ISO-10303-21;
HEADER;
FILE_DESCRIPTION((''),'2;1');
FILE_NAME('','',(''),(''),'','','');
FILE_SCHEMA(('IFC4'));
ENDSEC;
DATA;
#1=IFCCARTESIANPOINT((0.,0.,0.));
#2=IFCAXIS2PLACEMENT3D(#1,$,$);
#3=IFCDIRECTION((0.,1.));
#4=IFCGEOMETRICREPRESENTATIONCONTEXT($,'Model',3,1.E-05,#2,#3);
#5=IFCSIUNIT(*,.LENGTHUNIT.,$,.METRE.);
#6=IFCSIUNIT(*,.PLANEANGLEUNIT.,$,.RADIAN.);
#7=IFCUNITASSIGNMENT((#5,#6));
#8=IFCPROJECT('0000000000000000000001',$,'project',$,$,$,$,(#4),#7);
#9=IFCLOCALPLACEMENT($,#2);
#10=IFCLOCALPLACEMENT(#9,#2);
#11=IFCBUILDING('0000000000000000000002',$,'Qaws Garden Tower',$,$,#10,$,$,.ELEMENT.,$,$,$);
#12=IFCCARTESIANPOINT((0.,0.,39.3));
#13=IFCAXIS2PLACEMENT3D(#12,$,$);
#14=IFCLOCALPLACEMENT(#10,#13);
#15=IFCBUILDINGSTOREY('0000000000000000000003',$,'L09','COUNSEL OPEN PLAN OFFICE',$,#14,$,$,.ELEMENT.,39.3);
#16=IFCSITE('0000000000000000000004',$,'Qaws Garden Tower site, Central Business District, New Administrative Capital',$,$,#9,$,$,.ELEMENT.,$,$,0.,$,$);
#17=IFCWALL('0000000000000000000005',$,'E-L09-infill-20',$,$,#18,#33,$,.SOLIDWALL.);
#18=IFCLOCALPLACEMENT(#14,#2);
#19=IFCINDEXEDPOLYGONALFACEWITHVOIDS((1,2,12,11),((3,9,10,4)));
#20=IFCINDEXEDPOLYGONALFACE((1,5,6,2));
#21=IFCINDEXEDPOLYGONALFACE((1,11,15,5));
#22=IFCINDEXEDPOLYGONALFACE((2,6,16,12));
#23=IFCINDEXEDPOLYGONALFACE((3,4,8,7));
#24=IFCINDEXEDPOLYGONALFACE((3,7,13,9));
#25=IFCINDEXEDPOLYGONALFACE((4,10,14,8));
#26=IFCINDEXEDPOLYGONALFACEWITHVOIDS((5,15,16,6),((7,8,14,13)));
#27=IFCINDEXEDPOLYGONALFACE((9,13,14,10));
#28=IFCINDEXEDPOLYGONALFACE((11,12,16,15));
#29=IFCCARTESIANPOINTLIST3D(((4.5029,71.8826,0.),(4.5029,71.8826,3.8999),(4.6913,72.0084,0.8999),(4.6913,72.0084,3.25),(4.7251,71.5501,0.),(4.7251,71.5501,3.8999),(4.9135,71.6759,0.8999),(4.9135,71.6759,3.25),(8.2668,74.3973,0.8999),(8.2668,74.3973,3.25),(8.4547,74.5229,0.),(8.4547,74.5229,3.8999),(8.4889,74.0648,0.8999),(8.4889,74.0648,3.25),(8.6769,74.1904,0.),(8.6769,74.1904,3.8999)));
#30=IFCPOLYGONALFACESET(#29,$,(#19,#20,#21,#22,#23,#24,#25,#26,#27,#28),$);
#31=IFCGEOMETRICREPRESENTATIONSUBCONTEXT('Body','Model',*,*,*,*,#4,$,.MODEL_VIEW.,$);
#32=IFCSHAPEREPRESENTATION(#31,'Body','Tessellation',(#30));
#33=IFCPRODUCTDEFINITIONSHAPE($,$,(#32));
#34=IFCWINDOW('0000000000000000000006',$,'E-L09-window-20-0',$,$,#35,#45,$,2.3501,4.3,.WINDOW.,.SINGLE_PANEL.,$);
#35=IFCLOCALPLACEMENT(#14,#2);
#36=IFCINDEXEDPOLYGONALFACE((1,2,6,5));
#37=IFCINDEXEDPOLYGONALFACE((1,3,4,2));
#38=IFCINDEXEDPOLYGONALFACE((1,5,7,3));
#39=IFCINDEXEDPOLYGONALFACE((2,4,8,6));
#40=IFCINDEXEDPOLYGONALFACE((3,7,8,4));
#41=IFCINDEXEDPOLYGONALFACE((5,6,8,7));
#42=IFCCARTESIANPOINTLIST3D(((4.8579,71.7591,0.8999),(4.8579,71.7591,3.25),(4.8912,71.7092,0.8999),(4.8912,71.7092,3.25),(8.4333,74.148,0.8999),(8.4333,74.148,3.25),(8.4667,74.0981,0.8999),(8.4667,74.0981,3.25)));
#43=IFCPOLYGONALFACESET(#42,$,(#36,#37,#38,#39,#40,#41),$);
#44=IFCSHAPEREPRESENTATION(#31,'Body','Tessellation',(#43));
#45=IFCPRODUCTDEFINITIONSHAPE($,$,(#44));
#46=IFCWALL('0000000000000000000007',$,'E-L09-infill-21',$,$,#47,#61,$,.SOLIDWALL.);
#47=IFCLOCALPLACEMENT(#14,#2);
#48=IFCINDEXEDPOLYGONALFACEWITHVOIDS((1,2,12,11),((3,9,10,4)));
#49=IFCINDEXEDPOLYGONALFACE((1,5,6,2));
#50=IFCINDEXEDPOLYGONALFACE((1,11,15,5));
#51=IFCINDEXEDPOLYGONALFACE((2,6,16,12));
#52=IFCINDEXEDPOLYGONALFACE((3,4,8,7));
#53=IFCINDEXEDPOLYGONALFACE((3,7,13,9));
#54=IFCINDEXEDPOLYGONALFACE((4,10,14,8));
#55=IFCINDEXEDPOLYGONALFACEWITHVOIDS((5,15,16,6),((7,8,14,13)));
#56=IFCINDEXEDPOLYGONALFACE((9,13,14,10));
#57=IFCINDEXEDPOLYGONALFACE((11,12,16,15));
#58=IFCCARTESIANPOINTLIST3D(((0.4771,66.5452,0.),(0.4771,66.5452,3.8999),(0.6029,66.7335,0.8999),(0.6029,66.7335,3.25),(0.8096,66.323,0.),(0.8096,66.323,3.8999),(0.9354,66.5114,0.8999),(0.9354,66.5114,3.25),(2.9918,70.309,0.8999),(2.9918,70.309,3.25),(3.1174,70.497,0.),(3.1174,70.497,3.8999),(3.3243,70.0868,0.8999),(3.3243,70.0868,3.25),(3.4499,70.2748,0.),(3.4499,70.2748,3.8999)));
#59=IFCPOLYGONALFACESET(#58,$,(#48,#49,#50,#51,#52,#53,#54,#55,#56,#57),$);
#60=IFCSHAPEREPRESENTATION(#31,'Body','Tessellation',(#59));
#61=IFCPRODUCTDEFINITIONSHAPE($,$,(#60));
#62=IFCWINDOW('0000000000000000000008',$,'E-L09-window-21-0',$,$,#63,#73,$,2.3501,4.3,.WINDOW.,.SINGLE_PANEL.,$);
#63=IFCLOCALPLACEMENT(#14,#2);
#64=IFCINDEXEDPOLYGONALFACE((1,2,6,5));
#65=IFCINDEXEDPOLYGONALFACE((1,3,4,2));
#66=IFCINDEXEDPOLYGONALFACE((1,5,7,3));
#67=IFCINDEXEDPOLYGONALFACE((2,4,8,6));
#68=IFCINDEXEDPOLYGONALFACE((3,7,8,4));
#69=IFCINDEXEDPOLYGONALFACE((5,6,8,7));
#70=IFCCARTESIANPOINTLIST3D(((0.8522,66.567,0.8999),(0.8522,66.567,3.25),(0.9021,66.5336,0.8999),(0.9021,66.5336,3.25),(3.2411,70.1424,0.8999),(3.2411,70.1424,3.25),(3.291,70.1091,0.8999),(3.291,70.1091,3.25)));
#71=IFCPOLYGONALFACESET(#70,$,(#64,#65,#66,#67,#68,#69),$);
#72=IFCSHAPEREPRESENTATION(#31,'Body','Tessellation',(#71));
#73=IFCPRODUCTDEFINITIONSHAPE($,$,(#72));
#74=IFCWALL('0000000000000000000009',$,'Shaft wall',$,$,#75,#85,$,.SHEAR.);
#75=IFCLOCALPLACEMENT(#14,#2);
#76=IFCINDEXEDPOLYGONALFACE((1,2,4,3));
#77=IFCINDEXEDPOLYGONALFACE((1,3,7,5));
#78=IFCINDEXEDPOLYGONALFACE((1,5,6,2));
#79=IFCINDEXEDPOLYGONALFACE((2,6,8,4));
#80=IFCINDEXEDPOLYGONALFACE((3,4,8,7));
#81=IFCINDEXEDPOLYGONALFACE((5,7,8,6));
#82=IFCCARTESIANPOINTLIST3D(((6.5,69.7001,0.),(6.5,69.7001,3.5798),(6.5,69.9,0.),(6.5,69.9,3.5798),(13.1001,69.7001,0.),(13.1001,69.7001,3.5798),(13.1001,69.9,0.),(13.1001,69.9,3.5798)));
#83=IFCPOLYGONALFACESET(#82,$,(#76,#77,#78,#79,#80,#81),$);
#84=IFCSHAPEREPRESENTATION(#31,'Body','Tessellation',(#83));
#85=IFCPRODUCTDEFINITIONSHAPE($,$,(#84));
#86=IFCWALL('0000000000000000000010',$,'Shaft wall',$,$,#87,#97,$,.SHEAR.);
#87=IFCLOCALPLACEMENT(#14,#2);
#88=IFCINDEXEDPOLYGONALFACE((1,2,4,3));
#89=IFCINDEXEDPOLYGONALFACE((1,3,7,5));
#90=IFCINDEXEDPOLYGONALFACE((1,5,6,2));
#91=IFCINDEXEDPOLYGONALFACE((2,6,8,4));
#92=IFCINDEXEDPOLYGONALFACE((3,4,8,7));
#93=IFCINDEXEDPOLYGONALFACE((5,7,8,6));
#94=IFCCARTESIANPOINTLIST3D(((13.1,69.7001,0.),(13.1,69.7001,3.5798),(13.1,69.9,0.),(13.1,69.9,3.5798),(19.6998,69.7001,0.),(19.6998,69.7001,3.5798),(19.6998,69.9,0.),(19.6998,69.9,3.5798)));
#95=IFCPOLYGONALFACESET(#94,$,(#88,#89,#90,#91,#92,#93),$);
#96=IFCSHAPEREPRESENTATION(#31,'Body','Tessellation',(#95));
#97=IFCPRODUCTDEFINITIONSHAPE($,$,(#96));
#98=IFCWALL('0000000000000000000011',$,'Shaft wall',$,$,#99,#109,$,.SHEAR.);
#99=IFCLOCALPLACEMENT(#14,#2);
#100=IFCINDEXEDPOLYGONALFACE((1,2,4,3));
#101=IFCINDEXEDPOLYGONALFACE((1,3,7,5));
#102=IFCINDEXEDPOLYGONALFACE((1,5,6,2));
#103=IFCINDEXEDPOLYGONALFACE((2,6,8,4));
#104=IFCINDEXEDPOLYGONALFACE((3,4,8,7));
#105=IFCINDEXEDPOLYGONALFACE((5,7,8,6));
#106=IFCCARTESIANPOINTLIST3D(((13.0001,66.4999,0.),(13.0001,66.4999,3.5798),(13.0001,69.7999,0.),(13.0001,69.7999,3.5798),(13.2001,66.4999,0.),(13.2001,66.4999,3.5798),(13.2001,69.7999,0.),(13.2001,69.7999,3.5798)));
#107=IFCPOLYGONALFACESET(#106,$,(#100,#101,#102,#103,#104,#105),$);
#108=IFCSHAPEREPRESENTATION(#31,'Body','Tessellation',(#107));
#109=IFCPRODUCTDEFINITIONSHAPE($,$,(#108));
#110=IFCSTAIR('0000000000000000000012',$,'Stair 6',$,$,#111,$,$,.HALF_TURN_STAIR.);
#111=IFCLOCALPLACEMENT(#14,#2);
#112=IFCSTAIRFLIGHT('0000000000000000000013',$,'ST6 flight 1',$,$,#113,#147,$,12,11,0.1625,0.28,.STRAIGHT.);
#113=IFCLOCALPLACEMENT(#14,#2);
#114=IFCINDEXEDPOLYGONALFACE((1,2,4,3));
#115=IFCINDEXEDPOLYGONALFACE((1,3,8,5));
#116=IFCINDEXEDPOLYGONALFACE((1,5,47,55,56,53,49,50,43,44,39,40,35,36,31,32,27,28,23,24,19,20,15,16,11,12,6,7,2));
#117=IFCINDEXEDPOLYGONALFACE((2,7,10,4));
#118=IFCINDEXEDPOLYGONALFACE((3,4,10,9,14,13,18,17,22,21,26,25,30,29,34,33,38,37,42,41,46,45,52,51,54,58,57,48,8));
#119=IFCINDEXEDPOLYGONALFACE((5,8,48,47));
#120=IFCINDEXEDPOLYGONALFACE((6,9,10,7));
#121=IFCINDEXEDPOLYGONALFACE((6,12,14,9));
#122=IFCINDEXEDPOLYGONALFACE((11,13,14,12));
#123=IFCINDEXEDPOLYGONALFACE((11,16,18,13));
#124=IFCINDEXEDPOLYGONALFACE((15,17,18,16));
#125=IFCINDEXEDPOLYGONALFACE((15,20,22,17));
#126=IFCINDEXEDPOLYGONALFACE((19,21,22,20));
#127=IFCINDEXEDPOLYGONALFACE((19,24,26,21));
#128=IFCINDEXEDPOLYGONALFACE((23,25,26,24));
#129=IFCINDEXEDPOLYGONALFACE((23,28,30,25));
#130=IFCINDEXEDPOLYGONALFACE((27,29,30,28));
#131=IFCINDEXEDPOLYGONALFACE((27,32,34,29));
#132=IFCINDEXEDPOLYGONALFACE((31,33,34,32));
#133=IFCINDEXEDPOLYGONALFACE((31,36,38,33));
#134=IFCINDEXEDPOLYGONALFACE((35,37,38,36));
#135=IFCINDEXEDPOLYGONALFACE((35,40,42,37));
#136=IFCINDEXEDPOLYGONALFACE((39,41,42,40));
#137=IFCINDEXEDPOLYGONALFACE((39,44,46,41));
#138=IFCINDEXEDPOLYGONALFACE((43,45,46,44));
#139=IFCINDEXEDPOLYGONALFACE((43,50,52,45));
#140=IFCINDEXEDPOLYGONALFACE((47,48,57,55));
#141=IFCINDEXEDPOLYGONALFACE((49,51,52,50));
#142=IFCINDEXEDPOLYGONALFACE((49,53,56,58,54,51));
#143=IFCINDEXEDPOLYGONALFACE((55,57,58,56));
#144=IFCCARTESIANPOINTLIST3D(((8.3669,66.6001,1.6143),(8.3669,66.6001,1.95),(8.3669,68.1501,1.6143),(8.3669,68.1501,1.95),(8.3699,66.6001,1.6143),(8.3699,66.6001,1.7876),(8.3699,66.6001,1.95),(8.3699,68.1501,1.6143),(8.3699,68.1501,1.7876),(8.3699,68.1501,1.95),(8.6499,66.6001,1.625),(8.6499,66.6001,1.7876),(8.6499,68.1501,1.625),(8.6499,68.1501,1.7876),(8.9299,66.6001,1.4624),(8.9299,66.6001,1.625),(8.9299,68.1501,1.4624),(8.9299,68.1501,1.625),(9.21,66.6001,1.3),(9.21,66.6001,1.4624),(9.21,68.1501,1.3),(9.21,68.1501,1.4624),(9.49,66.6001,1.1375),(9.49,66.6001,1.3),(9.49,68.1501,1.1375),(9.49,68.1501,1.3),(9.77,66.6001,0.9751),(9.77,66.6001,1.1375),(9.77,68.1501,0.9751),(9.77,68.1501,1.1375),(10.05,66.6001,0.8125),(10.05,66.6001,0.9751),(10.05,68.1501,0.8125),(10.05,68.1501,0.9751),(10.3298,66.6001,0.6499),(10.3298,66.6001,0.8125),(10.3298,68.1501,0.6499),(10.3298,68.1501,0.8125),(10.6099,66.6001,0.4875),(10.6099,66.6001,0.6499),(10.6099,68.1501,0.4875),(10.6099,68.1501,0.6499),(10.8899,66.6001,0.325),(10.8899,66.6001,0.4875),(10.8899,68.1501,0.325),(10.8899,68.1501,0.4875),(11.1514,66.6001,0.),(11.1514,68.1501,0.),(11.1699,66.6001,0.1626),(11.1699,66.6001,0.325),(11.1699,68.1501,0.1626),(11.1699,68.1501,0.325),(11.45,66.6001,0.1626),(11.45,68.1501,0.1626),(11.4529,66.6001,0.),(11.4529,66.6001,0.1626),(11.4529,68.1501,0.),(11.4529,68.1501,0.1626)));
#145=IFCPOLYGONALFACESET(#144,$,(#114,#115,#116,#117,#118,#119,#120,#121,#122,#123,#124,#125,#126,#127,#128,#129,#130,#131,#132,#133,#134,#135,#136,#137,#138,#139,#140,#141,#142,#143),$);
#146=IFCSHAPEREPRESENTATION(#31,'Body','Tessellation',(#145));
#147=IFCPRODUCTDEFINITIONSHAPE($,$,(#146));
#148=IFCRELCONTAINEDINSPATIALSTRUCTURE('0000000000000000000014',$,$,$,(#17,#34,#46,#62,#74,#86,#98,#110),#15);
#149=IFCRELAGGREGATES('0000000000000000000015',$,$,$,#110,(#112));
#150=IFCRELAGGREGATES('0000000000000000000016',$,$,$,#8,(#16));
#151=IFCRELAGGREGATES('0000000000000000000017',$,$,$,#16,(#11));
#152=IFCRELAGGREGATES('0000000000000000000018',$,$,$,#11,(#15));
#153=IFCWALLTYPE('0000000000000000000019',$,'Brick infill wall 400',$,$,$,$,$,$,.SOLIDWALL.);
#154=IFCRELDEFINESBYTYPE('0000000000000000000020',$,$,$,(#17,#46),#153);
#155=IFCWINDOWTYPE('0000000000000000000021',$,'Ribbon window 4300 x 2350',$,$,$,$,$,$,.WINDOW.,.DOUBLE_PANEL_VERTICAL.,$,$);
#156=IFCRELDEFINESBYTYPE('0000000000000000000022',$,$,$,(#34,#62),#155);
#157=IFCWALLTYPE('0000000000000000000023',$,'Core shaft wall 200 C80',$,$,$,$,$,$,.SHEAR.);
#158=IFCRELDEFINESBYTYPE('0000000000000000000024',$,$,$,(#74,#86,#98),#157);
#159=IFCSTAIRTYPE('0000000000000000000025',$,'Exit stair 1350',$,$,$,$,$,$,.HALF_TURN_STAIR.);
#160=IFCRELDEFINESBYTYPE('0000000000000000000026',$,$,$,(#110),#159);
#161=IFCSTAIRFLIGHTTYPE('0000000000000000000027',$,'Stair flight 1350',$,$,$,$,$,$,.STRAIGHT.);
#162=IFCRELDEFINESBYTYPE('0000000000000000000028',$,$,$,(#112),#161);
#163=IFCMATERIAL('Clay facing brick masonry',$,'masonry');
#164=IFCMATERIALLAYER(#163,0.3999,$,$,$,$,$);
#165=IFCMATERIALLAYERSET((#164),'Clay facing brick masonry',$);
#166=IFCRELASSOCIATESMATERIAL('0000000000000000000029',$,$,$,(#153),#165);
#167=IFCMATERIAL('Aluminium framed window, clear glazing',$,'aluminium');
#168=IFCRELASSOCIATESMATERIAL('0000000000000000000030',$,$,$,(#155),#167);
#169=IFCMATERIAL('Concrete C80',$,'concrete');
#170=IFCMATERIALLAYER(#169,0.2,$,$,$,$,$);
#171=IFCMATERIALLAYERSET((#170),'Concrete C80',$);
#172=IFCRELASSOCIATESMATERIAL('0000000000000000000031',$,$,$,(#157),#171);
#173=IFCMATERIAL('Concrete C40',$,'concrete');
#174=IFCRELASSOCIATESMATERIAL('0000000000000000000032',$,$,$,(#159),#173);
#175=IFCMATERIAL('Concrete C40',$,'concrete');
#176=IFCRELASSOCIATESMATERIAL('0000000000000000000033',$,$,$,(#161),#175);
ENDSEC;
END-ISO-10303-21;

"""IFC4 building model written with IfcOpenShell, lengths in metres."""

from ifc_helpers import new_model, si_unit, direction, frame, frame_2d, origin, place, context, subcontext, project, spatial, polyline, rectangle, outline, extrude, material, layer, layer_set, type_object, element, fill, aggregate, save


model = new_model("IFC4")

# Units and contexts
model_context = context("Model", 3, precision=1e-05, world=origin(), true_north=direction((0.0, 1.0)))
body_context = subcontext(model_context, "Body", "Model", "MODEL_VIEW")
ifc_project = project(units=[si_unit("LENGTHUNIT", "METRE"), si_unit("PLANEANGLEUNIT", "RADIAN")], contexts=[model_context])

# Site, building, storey
site_placement = place(None, origin())
site = spatial("IfcSite", under=ifc_project, at=site_placement, Name="Qaws Garden Tower site, Central Business District, New Administrative Capital", CompositionType="ELEMENT", RefElevation=0.0)
building_placement = place(site_placement, origin())
building = spatial("IfcBuilding", under=site, at=building_placement, Name="Qaws Garden Tower", CompositionType="ELEMENT")
storey_placement = place(building_placement, frame((0.0, 0.0, 39.3)))
storey = spatial("IfcBuildingStorey", under=building, at=storey_placement, Name="L09", Description="COUNSEL OPEN PLAN OFFICE", CompositionType="ELEMENT", Elevation=39.3)

# Walls, openings, windows
ifc_material_1 = material(Name="Clay facing brick masonry", Category="masonry")
ifc_layer_1 = layer(ifc_material_1, 0.3999)
ifc_layer_set_1 = layer_set([ifc_layer_1], Name="Clay facing brick masonry")
wall_type_1 = type_object("IfcWallType", Name="Brick infill wall 400", PredefinedType="SOLIDWALL", material=ifc_layer_set_1)
ifc_material_2 = material(Name="Aluminium framed window, clear glazing", Category="aluminium")
window_type = type_object("IfcWindowType", Name="Ribbon window 4300 x 2350", PartitioningType="DOUBLE_PANEL_VERTICAL", PredefinedType="WINDOW", material=ifc_material_2)
wall_1_placement = place(storey_placement, frame((8.5659, 74.3567, 0.0), z_axis=(0.0, 0.0, 1.0), x_axis=(-0.831489, -0.555542, 0.0)))
wall_1 = element("IfcWall", 1, at=wall_1_placement, inside=storey, type_object=wall_type_1, Name="E-L09-infill-20", PredefinedType="SOLIDWALL", context=body_context, shape_type="SweptSolid", body=[
    extrude(rectangle(XDim=4.7527, YDim=0.3999, at=frame_2d((2.3765, 0.0))), origin(), (0.0, 0.0, 1.0), 3.8999),
])
opening_1_placement = place(wall_1_placement, frame((0.2263, 0.0, 0.8999)))
opening_1 = element("IfcOpeningElement", 2, at=opening_1_placement, cuts=wall_1, PredefinedType="OPENING", context=body_context, shape_type="SweptSolid", body=[
    extrude(rectangle(XDim=4.3, YDim=2.3501, at=frame_2d((2.1499, 1.175))), frame((0.0, 0.21, 0.0), z_axis=(0.0, -1.0, 0.0), x_axis=(1.0, 0.0, 0.0)), (0.0, 0.0, 1.0), 0.4199),
])
window_1_placement = place(opening_1_placement, origin())
window_1 = element("IfcWindow", 3, at=window_1_placement, inside=storey, type_object=window_type, Name="E-L09-window-20-0", OverallHeight=2.3501, OverallWidth=4.3, PartitioningType="SINGLE_PANEL", PredefinedType="WINDOW", context=body_context, shape_type="SweptSolid", body=[
    extrude(rectangle(XDim=4.3, YDim=2.3501, at=frame_2d((2.1499, 1.175))), frame((0.0, 0.1599, 0.0), z_axis=(0.0, -1.0, 0.0), x_axis=(1.0, 0.0, 0.0)), (0.0, 0.0, 1.0), 0.0601),
])
fill(opening_1, window_1)
wall_2_placement = place(storey_placement, frame((3.2837, 70.386, 0.0), z_axis=(0.0, 0.0, 1.0), x_axis=(-0.555542, -0.831489, 0.0)))
wall_2 = element("IfcWall", 4, at=wall_2_placement, inside=storey, type_object=wall_type_1, Name="E-L09-infill-21", PredefinedType="SOLIDWALL", context=body_context, shape_type="SweptSolid", body=[
    extrude(rectangle(XDim=4.7527, YDim=0.3999, at=frame_2d((2.3765, 0.0))), origin(), (0.0, 0.0, 1.0), 3.8999),
])
opening_2_placement = place(wall_2_placement, frame((0.2263, 0.0, 0.8999)))
opening_2 = element("IfcOpeningElement", 5, at=opening_2_placement, cuts=wall_2, PredefinedType="OPENING", context=body_context, shape_type="SweptSolid", body=[
    extrude(rectangle(XDim=4.3, YDim=2.3501, at=frame_2d((2.1499, 1.175))), frame((0.0, 0.21, 0.0), z_axis=(0.0, -1.0, 0.0), x_axis=(1.0, 0.0, 0.0)), (0.0, 0.0, 1.0), 0.4199),
])
window_2_placement = place(opening_2_placement, origin())
window_2 = element("IfcWindow", 6, at=window_2_placement, inside=storey, type_object=window_type, Name="E-L09-window-21-0", OverallHeight=2.3501, OverallWidth=4.3, PartitioningType="SINGLE_PANEL", PredefinedType="WINDOW", context=body_context, shape_type="SweptSolid", body=[
    extrude(rectangle(XDim=4.3, YDim=2.3501, at=frame_2d((2.1499, 1.175))), frame((0.0, 0.1599, 0.0), z_axis=(0.0, -1.0, 0.0), x_axis=(1.0, 0.0, 0.0)), (0.0, 0.0, 1.0), 0.0601),
])
fill(opening_2, window_2)

# Walls
ifc_material_3 = material(Name="Concrete C80", Category="concrete")
ifc_layer_2 = layer(ifc_material_3, 0.2)
ifc_layer_set_2 = layer_set([ifc_layer_2], Name="Concrete C80")
wall_type_2 = type_object("IfcWallType", Name="Core shaft wall 200 C80", PredefinedType="SHEAR", material=ifc_layer_set_2)
wall_3_placement = place(storey_placement, frame((6.5, 69.8, 0.0), z_axis=(0.0, 0.0, 1.0), x_axis=(1.0, 0.0, 0.0)))
element("IfcWall", 7, at=wall_3_placement, inside=storey, type_object=wall_type_2, Name="Shaft wall", PredefinedType="SHEAR", context=body_context, shape_type="SweptSolid", body=[
    extrude(rectangle(XDim=6.6001, YDim=0.2, at=frame_2d((3.3, 0.0))), origin(), (0.0, 0.0, 1.0), 3.5798),
])
wall_4_placement = place(storey_placement, frame((13.1001, 69.8, 0.0), z_axis=(0.0, 0.0, 1.0), x_axis=(1.0, 0.0, 0.0)))
element("IfcWall", 8, at=wall_4_placement, inside=storey, type_object=wall_type_2, Name="Shaft wall", PredefinedType="SHEAR", context=body_context, shape_type="SweptSolid", body=[
    extrude(rectangle(XDim=6.5999, YDim=0.2, at=frame_2d((3.2998, 0.0))), origin(), (0.0, 0.0, 1.0), 3.5798),
])
wall_5_placement = place(storey_placement, frame((13.1001, 66.5, 0.0), z_axis=(0.0, 0.0, 1.0), x_axis=(0.0, 1.0, 0.0)))
element("IfcWall", 9, at=wall_5_placement, inside=storey, type_object=wall_type_2, Name="Shaft wall", PredefinedType="SHEAR", context=body_context, shape_type="SweptSolid", body=[
    extrude(rectangle(XDim=3.3, YDim=0.2, at=frame_2d((1.6499, 0.0))), origin(), (0.0, 0.0, 1.0), 3.5798),
])

# Stair, stair flight
ifc_material_4 = material(Name="Concrete C40", Category="concrete")
stair_type = type_object("IfcStairType", Name="Exit stair 1350", PredefinedType="HALF_TURN_STAIR", material=ifc_material_4)
placement = place(storey_placement, origin())
stair_1 = element("IfcStair", 10, at=placement, inside=storey, type_object=stair_type, Name="Stair 6", PredefinedType="HALF_TURN_STAIR")
ifc_material_5 = material(Name="Concrete C40", Category="concrete")
stair_flight_type = type_object("IfcStairFlightType", Name="Stair flight 1350", PredefinedType="STRAIGHT", material=ifc_material_5)
stair_flight_1_placement = place(storey_placement, frame((11.45, 67.375, 0.0), z_axis=(0.0, 0.0, 1.0), x_axis=(-1.0, 0.0, 0.0)))
stair_flight_1 = element("IfcStairFlight", 11, at=stair_flight_1_placement, type_object=stair_flight_type, Name="ST6 flight 1", NumberOfRisers=12, NumberOfTreads=11, PredefinedType="STRAIGHT", RiserHeight=0.1625, TreadLength=0.28, context=body_context, shape_type="SweptSolid", body=[
    extrude(outline(polyline([(-0.0029, 0.0), (-0.0029, 0.1626), (0.0, 0.1626), (0.28, 0.1626), (0.28, 0.325), (0.5601, 0.325), (0.5601, 0.4875), (0.8401, 0.4875), (0.8401, 0.6499), (1.1201, 0.6499), (1.1201, 0.8125), (1.3999, 0.8125), (1.3999, 0.9751), (1.6799, 0.9751), (1.6799, 1.1375), (1.96, 1.1375), (1.96, 1.3), (2.24, 1.3), (2.24, 1.4624), (2.52, 1.4624), (2.52, 1.625), (2.8, 1.625), (2.8, 1.7876), (3.0801, 1.7876), (3.0801, 1.95), (3.083, 1.95), (3.083, 1.6143), (3.0801, 1.6143), (0.2986, 0.0), (-0.0029, 0.0)])), frame((0.0, 0.7749, 0.0), z_axis=(0.0, -1.0, 0.0), x_axis=(1.0, 0.0, 0.0)), (0.0, 0.0, 1.0), 1.55),
])
aggregate(stair_1, [stair_flight_1])

save(model, "model.ifc")
